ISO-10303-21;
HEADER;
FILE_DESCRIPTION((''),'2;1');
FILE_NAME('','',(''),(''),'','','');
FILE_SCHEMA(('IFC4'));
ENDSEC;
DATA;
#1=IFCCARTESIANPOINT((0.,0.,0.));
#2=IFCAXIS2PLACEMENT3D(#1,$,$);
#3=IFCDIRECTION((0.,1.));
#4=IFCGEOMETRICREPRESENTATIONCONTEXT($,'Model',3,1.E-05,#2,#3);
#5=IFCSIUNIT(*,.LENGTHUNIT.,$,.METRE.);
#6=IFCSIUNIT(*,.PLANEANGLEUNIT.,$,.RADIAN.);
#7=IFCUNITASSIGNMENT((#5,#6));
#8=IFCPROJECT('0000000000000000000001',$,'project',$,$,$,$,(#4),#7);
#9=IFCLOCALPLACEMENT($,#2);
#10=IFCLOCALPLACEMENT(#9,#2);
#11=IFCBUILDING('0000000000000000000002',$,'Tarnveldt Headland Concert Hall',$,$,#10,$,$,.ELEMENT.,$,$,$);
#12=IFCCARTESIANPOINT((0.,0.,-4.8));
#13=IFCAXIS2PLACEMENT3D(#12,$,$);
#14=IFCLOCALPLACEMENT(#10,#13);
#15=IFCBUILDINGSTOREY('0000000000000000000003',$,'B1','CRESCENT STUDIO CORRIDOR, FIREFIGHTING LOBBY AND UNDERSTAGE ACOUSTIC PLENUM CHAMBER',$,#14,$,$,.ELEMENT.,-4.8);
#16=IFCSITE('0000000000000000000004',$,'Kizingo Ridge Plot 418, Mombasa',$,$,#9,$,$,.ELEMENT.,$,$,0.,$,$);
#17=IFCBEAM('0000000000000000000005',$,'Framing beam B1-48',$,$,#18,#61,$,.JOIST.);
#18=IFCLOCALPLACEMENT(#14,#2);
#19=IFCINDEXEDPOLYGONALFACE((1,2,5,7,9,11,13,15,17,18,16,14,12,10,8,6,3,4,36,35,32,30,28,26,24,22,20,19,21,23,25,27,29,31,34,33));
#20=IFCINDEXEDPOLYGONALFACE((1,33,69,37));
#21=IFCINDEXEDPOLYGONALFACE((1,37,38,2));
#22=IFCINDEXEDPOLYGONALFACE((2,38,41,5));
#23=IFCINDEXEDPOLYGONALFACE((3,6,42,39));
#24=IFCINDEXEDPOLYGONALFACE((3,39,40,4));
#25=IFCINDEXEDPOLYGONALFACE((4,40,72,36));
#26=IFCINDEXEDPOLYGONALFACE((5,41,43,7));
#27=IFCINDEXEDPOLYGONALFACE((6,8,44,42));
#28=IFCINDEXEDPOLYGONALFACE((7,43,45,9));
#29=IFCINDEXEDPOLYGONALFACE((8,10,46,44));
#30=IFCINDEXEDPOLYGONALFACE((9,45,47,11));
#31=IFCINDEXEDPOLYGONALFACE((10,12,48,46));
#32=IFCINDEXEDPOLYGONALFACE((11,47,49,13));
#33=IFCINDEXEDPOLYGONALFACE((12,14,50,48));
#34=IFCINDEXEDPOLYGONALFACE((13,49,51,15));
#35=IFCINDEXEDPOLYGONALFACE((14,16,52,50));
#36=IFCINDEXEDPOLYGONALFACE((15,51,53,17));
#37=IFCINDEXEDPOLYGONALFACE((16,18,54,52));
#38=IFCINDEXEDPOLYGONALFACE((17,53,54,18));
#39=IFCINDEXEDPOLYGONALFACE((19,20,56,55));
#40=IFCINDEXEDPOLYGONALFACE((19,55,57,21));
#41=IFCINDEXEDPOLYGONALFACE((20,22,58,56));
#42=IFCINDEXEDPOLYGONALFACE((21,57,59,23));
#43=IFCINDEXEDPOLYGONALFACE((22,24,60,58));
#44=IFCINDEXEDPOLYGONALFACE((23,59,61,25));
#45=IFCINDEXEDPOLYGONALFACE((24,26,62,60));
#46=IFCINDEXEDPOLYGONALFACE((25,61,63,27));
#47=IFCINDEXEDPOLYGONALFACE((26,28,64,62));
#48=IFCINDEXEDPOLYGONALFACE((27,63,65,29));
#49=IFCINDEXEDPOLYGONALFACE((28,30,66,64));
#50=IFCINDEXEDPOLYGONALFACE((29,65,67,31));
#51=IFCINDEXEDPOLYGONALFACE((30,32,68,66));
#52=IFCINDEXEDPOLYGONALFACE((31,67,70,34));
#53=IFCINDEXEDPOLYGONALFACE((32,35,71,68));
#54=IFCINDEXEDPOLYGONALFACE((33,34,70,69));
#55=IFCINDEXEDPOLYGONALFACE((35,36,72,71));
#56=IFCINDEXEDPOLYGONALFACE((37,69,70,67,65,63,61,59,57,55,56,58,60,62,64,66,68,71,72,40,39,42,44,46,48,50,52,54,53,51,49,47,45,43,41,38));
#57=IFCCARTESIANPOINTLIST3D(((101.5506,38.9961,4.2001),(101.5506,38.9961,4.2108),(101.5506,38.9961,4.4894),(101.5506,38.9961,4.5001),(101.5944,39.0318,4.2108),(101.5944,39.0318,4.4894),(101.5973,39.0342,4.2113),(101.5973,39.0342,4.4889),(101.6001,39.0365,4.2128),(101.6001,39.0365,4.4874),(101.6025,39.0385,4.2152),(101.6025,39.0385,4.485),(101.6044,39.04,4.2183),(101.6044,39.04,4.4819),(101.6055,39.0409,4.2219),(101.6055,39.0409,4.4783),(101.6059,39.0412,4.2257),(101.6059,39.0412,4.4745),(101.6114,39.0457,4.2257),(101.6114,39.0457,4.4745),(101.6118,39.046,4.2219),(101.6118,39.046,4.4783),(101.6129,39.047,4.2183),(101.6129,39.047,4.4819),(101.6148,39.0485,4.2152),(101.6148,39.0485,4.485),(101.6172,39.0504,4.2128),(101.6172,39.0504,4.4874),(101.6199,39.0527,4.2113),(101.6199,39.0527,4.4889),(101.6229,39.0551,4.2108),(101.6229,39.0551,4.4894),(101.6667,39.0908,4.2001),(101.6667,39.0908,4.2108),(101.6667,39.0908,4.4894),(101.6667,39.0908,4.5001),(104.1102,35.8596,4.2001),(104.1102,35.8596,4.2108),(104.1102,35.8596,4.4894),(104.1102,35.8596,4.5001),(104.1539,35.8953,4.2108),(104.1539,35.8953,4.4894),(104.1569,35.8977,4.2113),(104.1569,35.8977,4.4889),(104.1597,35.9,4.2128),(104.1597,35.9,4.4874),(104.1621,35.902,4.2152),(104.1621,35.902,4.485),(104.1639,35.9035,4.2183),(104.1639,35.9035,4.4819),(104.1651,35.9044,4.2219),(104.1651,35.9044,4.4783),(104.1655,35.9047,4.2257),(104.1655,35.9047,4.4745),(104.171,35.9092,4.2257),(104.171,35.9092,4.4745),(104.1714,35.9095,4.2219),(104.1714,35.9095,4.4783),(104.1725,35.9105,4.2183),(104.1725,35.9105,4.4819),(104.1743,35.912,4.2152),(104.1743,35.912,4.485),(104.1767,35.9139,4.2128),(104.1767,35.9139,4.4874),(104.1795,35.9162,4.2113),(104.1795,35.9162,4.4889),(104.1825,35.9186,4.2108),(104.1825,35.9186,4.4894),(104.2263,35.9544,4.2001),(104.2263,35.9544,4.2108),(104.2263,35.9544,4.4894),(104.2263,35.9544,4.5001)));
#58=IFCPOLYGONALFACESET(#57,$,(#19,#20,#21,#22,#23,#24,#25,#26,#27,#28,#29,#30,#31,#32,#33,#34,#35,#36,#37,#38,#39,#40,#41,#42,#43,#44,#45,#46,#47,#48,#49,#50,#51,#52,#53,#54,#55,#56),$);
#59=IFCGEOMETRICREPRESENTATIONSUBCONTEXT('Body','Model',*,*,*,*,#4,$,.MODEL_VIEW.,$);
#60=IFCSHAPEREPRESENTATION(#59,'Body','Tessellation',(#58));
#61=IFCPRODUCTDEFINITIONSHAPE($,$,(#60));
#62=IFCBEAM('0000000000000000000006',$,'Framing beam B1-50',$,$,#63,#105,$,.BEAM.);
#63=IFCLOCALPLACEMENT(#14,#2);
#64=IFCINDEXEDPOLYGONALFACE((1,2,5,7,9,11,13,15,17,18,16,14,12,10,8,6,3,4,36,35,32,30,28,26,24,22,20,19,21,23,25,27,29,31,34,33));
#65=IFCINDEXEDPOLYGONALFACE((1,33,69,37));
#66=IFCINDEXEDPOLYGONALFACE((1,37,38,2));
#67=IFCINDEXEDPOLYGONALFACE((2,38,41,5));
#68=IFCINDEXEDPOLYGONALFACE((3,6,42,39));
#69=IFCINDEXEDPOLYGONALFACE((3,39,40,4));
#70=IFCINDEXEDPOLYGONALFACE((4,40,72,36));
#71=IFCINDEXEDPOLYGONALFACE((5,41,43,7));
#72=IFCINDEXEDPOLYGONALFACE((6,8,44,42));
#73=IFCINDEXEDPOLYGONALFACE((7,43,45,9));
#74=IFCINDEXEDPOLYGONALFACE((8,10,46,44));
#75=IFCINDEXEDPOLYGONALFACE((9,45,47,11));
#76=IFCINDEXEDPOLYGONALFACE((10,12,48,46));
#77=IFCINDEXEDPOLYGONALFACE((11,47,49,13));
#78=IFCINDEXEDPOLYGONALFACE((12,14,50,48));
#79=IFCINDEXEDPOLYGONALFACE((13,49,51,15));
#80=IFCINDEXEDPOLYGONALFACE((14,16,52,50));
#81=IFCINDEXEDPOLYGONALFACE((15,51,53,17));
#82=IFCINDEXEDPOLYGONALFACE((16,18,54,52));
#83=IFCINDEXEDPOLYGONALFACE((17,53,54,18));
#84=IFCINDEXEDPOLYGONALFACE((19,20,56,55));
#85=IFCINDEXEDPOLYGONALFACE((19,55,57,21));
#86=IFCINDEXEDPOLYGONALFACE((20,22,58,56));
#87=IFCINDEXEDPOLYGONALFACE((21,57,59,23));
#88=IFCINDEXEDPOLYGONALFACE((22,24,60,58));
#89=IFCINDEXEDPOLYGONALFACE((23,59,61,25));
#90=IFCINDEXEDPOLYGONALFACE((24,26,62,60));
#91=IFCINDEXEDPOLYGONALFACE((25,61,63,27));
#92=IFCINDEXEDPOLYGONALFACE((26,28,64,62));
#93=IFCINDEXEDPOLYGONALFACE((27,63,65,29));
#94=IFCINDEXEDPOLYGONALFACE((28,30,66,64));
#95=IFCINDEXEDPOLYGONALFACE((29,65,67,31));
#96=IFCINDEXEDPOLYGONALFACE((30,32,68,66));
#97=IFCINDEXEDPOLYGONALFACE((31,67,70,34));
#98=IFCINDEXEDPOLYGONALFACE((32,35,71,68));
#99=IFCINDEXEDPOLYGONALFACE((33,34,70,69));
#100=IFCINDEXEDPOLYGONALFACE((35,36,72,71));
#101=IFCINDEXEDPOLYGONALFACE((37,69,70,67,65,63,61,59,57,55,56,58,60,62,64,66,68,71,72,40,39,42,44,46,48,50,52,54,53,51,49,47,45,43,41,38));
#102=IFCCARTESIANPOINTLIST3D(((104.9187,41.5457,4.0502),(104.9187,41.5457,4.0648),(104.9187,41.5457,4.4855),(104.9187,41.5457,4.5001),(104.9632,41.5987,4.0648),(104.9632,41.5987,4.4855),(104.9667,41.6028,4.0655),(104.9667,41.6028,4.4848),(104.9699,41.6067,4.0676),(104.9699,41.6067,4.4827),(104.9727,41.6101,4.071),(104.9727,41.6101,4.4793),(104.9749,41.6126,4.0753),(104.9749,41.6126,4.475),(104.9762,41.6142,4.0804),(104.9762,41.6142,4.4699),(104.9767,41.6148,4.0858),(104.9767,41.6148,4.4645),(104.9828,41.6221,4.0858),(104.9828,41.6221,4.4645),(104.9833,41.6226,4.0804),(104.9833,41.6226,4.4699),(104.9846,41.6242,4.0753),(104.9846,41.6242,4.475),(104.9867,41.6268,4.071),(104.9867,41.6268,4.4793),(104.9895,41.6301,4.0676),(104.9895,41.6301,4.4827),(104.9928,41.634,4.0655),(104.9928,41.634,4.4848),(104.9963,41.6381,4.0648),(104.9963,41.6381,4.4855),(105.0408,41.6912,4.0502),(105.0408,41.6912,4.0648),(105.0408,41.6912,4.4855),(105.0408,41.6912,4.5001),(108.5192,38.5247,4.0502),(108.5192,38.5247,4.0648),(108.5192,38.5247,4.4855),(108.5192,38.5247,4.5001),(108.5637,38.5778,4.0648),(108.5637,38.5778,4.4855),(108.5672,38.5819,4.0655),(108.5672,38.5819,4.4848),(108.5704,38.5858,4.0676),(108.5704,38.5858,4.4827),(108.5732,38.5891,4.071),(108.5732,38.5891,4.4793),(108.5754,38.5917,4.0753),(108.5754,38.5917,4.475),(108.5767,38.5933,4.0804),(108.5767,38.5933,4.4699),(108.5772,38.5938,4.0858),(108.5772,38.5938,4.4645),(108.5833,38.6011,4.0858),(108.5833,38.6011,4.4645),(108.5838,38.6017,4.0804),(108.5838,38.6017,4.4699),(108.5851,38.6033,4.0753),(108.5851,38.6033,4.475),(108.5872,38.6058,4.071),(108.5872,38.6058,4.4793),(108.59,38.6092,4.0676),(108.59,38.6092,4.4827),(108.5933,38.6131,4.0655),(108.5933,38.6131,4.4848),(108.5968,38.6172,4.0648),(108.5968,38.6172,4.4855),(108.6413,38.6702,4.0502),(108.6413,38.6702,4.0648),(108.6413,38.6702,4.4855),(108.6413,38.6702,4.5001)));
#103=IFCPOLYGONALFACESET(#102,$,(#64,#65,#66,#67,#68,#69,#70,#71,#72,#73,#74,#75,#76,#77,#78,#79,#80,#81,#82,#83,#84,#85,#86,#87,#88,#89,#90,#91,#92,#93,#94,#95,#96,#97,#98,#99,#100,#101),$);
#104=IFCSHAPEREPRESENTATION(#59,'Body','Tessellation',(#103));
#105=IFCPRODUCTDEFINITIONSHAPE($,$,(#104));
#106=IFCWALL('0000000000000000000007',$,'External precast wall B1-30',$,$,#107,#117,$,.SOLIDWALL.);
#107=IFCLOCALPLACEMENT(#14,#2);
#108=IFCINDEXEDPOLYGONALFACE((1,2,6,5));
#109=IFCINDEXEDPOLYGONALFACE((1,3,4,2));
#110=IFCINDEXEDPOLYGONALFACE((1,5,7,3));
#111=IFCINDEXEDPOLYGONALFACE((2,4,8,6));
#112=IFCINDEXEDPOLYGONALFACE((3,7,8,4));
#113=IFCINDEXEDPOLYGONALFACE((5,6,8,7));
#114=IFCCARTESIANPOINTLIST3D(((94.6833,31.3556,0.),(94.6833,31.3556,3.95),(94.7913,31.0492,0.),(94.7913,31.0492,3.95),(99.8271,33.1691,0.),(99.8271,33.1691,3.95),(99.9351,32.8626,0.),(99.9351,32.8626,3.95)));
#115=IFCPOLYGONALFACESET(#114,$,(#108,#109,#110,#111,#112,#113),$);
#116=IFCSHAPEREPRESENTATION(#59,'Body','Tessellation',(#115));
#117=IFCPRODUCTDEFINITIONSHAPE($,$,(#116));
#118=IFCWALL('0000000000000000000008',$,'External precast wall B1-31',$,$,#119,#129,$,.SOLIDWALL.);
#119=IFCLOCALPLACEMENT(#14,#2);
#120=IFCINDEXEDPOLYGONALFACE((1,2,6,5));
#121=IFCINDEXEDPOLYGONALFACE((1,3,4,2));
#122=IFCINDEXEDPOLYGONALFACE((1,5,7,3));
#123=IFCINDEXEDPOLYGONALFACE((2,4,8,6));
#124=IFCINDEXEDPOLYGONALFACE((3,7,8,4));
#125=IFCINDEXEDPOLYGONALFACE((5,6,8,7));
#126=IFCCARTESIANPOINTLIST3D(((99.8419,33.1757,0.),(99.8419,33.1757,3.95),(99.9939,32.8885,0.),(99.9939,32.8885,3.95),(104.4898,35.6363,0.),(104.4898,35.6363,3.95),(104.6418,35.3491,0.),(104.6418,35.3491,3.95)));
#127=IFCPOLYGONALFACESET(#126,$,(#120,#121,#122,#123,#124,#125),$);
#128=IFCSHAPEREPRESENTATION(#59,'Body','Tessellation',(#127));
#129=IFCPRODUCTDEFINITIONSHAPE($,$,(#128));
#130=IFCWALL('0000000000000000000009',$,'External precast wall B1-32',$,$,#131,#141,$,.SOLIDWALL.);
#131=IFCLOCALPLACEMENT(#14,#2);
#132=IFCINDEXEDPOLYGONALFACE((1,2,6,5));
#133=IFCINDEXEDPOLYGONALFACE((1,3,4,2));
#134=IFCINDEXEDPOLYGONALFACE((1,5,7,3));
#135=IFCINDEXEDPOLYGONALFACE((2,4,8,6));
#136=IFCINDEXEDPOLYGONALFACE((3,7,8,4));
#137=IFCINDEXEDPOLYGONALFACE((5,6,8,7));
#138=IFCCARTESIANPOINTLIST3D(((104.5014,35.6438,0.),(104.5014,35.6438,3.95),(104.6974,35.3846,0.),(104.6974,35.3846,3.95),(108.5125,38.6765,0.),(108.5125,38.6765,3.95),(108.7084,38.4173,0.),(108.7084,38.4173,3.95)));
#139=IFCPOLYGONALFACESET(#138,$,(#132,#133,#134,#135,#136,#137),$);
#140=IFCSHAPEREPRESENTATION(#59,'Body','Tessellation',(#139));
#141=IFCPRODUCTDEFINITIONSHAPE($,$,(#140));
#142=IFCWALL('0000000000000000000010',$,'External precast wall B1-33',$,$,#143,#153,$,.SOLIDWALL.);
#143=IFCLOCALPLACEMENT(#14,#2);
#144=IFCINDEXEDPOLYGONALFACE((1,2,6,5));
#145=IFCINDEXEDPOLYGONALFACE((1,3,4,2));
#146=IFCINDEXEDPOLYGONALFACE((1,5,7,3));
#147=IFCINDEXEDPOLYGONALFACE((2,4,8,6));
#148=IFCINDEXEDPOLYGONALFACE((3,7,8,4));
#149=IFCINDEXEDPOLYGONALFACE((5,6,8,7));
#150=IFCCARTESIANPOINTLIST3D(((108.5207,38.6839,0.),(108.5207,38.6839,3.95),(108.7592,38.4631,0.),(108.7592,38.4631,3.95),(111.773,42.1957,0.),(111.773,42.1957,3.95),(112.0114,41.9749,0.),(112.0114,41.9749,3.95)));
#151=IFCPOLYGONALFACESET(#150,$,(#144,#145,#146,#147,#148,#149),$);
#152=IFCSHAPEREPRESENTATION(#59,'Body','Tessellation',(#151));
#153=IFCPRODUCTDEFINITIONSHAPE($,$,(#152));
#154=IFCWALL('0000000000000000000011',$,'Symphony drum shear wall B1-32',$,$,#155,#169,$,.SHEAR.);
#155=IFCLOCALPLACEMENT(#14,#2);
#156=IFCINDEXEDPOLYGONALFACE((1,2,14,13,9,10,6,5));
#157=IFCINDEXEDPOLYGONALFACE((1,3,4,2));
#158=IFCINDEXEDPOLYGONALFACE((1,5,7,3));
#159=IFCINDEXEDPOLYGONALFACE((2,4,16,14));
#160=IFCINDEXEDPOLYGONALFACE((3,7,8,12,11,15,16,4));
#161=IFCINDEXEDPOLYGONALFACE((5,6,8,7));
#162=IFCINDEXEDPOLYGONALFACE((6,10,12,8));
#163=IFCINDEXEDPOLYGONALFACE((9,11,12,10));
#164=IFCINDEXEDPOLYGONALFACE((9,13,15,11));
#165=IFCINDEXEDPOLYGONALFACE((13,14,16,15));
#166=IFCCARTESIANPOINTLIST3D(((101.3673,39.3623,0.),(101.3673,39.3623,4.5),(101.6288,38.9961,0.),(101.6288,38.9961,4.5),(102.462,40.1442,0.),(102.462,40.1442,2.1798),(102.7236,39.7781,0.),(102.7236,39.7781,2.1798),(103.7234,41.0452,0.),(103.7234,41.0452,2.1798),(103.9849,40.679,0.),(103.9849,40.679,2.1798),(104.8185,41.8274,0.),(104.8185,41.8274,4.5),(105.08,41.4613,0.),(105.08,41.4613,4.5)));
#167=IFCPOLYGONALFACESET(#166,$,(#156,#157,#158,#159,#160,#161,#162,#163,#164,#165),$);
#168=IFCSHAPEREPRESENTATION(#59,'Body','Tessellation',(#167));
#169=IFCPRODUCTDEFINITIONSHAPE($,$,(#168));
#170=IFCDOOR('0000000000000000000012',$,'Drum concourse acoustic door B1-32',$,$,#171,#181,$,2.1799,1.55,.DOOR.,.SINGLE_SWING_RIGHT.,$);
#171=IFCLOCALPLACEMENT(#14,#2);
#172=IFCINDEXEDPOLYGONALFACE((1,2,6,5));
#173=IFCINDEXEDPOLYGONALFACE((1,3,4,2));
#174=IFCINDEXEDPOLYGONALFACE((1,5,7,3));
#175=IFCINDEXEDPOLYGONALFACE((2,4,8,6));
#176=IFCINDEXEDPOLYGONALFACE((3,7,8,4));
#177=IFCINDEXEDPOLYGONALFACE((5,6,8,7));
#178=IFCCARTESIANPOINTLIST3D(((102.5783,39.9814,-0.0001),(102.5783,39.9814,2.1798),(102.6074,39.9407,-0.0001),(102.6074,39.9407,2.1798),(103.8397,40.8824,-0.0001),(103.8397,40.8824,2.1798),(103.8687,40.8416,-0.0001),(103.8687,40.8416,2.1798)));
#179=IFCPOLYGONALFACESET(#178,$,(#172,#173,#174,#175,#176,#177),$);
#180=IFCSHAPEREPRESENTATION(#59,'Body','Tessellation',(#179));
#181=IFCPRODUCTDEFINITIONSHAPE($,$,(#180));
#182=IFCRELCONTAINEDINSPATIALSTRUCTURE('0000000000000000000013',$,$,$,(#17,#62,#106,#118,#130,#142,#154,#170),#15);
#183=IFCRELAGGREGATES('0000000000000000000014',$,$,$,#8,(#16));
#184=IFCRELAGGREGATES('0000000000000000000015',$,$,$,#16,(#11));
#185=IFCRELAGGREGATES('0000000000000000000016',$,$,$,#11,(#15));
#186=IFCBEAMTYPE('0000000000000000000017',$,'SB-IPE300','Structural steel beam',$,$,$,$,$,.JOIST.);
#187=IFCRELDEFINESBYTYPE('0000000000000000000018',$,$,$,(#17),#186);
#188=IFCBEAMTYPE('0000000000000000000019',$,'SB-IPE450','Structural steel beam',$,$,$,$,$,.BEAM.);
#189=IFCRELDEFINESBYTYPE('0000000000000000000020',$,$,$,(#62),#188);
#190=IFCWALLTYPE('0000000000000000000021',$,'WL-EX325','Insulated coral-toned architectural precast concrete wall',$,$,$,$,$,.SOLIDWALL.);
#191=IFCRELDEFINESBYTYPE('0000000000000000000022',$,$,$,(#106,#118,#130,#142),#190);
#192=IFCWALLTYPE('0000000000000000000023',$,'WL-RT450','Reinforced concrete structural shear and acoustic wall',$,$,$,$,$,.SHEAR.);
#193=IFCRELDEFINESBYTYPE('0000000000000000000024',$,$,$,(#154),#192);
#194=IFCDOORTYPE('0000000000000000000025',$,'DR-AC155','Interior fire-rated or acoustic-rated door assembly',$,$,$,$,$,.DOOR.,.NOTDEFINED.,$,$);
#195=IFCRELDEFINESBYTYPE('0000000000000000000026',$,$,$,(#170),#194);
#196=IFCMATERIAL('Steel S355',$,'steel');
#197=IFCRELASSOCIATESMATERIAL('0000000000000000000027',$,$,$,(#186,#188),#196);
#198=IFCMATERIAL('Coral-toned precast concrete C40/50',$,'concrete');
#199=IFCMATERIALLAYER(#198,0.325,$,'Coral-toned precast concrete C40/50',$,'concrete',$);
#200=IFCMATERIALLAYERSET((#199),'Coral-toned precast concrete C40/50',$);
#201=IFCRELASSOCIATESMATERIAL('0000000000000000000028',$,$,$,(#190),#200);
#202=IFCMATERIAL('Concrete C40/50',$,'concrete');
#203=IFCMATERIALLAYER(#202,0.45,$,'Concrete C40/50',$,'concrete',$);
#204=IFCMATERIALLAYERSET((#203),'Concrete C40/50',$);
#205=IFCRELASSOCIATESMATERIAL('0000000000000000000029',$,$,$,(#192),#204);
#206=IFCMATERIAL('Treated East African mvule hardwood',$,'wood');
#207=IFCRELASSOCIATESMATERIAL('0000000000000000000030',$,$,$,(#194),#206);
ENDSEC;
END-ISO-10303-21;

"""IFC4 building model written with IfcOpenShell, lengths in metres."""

from ifc_helpers import new_model, si_unit, direction, frame, frame_2d, origin, origin_2d, place, context, subcontext, project, spatial, rectangle, i_section, extrude, material, layer, layer_set, material_profile, profile_set, type_object, element, fill, save


model = new_model("IFC4")

# Units and contexts
model_context = context("Model", 3, precision=1e-05, world=origin(), true_north=direction((0.0, 1.0)))
body_context = subcontext(model_context, "Body", "Model", "MODEL_VIEW")
ifc_project = project(units=[si_unit("LENGTHUNIT", "METRE"), si_unit("PLANEANGLEUNIT", "RADIAN")], contexts=[model_context])

# Site, building, storey
site_placement = place(None, origin())
site = spatial("IfcSite", under=ifc_project, at=site_placement, Name="Kizingo Ridge Plot 418, Mombasa", CompositionType="ELEMENT", RefElevation=0.0)
building_placement = place(site_placement, origin())
building = spatial("IfcBuilding", under=site, at=building_placement, Name="Tarnveldt Headland Concert Hall", CompositionType="ELEMENT")
storey_placement = place(building_placement, frame((0.0, 0.0, -4.8)))
storey = spatial("IfcBuildingStorey", under=building, at=storey_placement, Name="B1", Description="CRESCENT STUDIO CORRIDOR, FIREFIGHTING LOBBY AND UNDERSTAGE ACOUSTIC PLENUM CHAMBER", CompositionType="ELEMENT", Elevation=-4.8)

# Shared definitions
ifc_material_1 = material(Name="Concrete C40/50", Category="concrete")

# Beams
ifc_material_2 = material(Name="Steel S355", Category="steel")
ifc_material_profile_1 = material_profile(ifc_material_2, i_section(OverallWidth=0.1499, OverallDepth=0.3, WebThickness=0.0071, FlangeThickness=0.0107, FilletRadius=0.0149, at=origin_2d()), Name="IPE300", Category="steel")
ifc_profile_set_1 = profile_set([ifc_material_profile_1], Name="Steel S355")
beam_type_1 = type_object("IfcBeamType", Name="SB-IPE300", Description="Structural steel beam", PredefinedType="JOIST", material=ifc_profile_set_1)
beam_1_placement = place(storey_placement, frame((101.6086, 39.0435, 4.3501), z_axis=(0.632255, -0.77476, 0.0), x_axis=(0.77476, 0.632255, 0.0)))
element("IfcBeam", 1, at=beam_1_placement, inside=storey, type_object=beam_type_1, Name="Framing beam B1-48", PredefinedType="JOIST", context=body_context, shape_type="SweptSolid", body=[
    extrude(i_section(OverallWidth=0.1499, OverallDepth=0.3, WebThickness=0.0071, FlangeThickness=0.0107, FilletRadius=0.0149, at=origin_2d()), origin(), (0.0, 0.0, 1.0), 4.0483),
])
ifc_material_profile_2 = material_profile(ifc_material_2, i_section(OverallWidth=0.1899, OverallDepth=0.45, WebThickness=0.0095, FlangeThickness=0.0146, FilletRadius=0.021, at=origin_2d()), Name="IPE450", Category="steel")
ifc_profile_set_2 = profile_set([ifc_material_profile_2], Name="Steel S355")
beam_type_2 = type_object("IfcBeamType", Name="SB-IPE450", Description="Structural steel beam", PredefinedType="BEAM", material=ifc_profile_set_2)
beam_2_placement = place(storey_placement, frame((104.9797, 41.6184, 4.2751), z_axis=(0.766071, -0.642756, 0.0), x_axis=(0.642756, 0.766071, 0.0)))
element("IfcBeam", 2, at=beam_2_placement, inside=storey, type_object=beam_type_2, Name="Framing beam B1-50", PredefinedType="BEAM", context=body_context, shape_type="SweptSolid", body=[
    extrude(i_section(OverallWidth=0.1899, OverallDepth=0.45, WebThickness=0.0095, FlangeThickness=0.0146, FilletRadius=0.021, at=origin_2d()), origin(), (0.0, 0.0, 1.0), 4.7),
])

# Walls
ifc_material_3 = material(Name="Coral-toned precast concrete C40/50", Category="concrete")
ifc_layer_1 = layer(ifc_material_3, 0.325, Name="Coral-toned precast concrete C40/50", Category="concrete")
ifc_layer_set_1 = layer_set([ifc_layer_1], Name="Coral-toned precast concrete C40/50")
wall_type_1 = type_object("IfcWallType", Name="WL-EX325", Description="Insulated coral-toned architectural precast concrete wall", PredefinedType="SOLIDWALL", material=ifc_layer_set_1)
wall_1_placement = place(storey_placement, frame((99.8811, 33.0159, 0.0), z_axis=(0.0, 0.0, 1.0), x_axis=(-0.943104, -0.332497, 0.0)))
element("IfcWall", 3, at=wall_1_placement, inside=storey, type_object=wall_type_1, Name="External precast wall B1-30", PredefinedType="SOLIDWALL", context=body_context, shape_type="SweptSolid", body=[
    extrude(rectangle(XDim=5.4541, YDim=0.325, at=frame_2d((2.7271, 0.0))), origin(), (0.0, 0.0, 1.0), 3.95),
])
wall_2_placement = place(storey_placement, frame((104.5657, 35.4927, 0.0), z_axis=(0.0, 0.0, 1.0), x_axis=(-0.883787, -0.46789, 0.0)))
element("IfcWall", 4, at=wall_2_placement, inside=storey, type_object=wall_type_1, Name="External precast wall B1-31", PredefinedType="SOLIDWALL", context=body_context, shape_type="SweptSolid", body=[
    extrude(rectangle(XDim=5.259, YDim=0.325, at=frame_2d((2.6294, 0.0))), origin(), (0.0, 0.0, 1.0), 3.95),
])
wall_3_placement = place(storey_placement, frame((108.6104, 38.5469, 0.0), z_axis=(0.0, 0.0, 1.0), x_axis=(-0.797658, -0.603111, 0.0)))
element("IfcWall", 5, at=wall_3_placement, inside=storey, type_object=wall_type_1, Name="External precast wall B1-32", PredefinedType="SOLIDWALL", context=body_context, shape_type="SweptSolid", body=[
    extrude(rectangle(XDim=5.0286, YDim=0.325, at=frame_2d((2.5142, 0.0))), origin(), (0.0, 0.0, 1.0), 3.95),
])
wall_4_placement = place(storey_placement, frame((111.8921, 42.0852, 0.0), z_axis=(0.0, 0.0, 1.0), x_axis=(-0.679476, -0.733698, 0.0)))
element("IfcWall", 6, at=wall_4_placement, inside=storey, type_object=wall_type_1, Name="External precast wall B1-33", PredefinedType="SOLIDWALL", context=body_context, shape_type="SweptSolid", body=[
    extrude(rectangle(XDim=4.7864, YDim=0.325, at=frame_2d((2.3931, 0.0))), origin(), (0.0, 0.0, 1.0), 3.95),
])

# Wall, opening, door
ifc_layer_2 = layer(ifc_material_1, 0.45, Name="Concrete C40/50", Category="concrete")
ifc_layer_set_2 = layer_set([ifc_layer_2], Name="Concrete C40/50")
wall_type_2 = type_object("IfcWallType", Name="WL-RT450", Description="Reinforced concrete structural shear and acoustic wall", PredefinedType="SHEAR", material=ifc_layer_set_2)
wall_5_placement = place(storey_placement, frame((101.498, 39.1792, 0.0), z_axis=(0.0, 0.0, 1.0), x_axis=(0.813737, 0.581233, 0.0)))
wall_5 = element("IfcWall", 7, at=wall_5_placement, inside=storey, type_object=wall_type_2, Name="Symphony drum shear wall B1-32", PredefinedType="SHEAR", context=body_context, shape_type="SweptSolid", body=[
    extrude(rectangle(XDim=4.2412, YDim=0.45, at=frame_2d((2.1206, 0.0))), origin(), (0.0, 0.0, 1.0), 4.5),
])
opening_placement = place(wall_5_placement, frame((1.3455, 0.0, 0.0)))
opening = element("IfcOpeningElement", 8, at=opening_placement, cuts=wall_5, PredefinedType="OPENING", context=body_context, shape_type="SweptSolid", body=[
    extrude(rectangle(XDim=1.55, YDim=2.1799, at=frame_2d((0.7749, 1.0898))), frame((0.0, 0.2349, 0.0), z_axis=(0.0, -1.0, 0.0), x_axis=(1.0, 0.0, 0.0)), (0.0, 0.0, 1.0), 0.47),
])
ifc_material_4 = material(Name="Treated East African mvule hardwood", Category="wood")
door_type = type_object("IfcDoorType", Name="DR-AC155", Description="Interior fire-rated or acoustic-rated door assembly", OperationType="NOTDEFINED", PredefinedType="DOOR", material=ifc_material_4)
door_placement = place(opening_placement, origin())
door = element("IfcDoor", 9, at=door_placement, inside=storey, type_object=door_type, Name="Drum concourse acoustic door B1-32", OperationType="SINGLE_SWING_RIGHT", OverallHeight=2.1799, OverallWidth=1.55, PredefinedType="DOOR", context=body_context, shape_type="SweptSolid", body=[
    extrude(rectangle(XDim=1.55, YDim=2.1799, at=frame_2d((0.7749, 1.0898))), frame((0.0, 0.0249, 0.0), z_axis=(0.0, -1.0, 0.0), x_axis=(1.0, 0.0, 0.0)), (0.0, 0.0, 1.0), 0.05),
])
fill(opening, door)

save(model, "model.ifc")
